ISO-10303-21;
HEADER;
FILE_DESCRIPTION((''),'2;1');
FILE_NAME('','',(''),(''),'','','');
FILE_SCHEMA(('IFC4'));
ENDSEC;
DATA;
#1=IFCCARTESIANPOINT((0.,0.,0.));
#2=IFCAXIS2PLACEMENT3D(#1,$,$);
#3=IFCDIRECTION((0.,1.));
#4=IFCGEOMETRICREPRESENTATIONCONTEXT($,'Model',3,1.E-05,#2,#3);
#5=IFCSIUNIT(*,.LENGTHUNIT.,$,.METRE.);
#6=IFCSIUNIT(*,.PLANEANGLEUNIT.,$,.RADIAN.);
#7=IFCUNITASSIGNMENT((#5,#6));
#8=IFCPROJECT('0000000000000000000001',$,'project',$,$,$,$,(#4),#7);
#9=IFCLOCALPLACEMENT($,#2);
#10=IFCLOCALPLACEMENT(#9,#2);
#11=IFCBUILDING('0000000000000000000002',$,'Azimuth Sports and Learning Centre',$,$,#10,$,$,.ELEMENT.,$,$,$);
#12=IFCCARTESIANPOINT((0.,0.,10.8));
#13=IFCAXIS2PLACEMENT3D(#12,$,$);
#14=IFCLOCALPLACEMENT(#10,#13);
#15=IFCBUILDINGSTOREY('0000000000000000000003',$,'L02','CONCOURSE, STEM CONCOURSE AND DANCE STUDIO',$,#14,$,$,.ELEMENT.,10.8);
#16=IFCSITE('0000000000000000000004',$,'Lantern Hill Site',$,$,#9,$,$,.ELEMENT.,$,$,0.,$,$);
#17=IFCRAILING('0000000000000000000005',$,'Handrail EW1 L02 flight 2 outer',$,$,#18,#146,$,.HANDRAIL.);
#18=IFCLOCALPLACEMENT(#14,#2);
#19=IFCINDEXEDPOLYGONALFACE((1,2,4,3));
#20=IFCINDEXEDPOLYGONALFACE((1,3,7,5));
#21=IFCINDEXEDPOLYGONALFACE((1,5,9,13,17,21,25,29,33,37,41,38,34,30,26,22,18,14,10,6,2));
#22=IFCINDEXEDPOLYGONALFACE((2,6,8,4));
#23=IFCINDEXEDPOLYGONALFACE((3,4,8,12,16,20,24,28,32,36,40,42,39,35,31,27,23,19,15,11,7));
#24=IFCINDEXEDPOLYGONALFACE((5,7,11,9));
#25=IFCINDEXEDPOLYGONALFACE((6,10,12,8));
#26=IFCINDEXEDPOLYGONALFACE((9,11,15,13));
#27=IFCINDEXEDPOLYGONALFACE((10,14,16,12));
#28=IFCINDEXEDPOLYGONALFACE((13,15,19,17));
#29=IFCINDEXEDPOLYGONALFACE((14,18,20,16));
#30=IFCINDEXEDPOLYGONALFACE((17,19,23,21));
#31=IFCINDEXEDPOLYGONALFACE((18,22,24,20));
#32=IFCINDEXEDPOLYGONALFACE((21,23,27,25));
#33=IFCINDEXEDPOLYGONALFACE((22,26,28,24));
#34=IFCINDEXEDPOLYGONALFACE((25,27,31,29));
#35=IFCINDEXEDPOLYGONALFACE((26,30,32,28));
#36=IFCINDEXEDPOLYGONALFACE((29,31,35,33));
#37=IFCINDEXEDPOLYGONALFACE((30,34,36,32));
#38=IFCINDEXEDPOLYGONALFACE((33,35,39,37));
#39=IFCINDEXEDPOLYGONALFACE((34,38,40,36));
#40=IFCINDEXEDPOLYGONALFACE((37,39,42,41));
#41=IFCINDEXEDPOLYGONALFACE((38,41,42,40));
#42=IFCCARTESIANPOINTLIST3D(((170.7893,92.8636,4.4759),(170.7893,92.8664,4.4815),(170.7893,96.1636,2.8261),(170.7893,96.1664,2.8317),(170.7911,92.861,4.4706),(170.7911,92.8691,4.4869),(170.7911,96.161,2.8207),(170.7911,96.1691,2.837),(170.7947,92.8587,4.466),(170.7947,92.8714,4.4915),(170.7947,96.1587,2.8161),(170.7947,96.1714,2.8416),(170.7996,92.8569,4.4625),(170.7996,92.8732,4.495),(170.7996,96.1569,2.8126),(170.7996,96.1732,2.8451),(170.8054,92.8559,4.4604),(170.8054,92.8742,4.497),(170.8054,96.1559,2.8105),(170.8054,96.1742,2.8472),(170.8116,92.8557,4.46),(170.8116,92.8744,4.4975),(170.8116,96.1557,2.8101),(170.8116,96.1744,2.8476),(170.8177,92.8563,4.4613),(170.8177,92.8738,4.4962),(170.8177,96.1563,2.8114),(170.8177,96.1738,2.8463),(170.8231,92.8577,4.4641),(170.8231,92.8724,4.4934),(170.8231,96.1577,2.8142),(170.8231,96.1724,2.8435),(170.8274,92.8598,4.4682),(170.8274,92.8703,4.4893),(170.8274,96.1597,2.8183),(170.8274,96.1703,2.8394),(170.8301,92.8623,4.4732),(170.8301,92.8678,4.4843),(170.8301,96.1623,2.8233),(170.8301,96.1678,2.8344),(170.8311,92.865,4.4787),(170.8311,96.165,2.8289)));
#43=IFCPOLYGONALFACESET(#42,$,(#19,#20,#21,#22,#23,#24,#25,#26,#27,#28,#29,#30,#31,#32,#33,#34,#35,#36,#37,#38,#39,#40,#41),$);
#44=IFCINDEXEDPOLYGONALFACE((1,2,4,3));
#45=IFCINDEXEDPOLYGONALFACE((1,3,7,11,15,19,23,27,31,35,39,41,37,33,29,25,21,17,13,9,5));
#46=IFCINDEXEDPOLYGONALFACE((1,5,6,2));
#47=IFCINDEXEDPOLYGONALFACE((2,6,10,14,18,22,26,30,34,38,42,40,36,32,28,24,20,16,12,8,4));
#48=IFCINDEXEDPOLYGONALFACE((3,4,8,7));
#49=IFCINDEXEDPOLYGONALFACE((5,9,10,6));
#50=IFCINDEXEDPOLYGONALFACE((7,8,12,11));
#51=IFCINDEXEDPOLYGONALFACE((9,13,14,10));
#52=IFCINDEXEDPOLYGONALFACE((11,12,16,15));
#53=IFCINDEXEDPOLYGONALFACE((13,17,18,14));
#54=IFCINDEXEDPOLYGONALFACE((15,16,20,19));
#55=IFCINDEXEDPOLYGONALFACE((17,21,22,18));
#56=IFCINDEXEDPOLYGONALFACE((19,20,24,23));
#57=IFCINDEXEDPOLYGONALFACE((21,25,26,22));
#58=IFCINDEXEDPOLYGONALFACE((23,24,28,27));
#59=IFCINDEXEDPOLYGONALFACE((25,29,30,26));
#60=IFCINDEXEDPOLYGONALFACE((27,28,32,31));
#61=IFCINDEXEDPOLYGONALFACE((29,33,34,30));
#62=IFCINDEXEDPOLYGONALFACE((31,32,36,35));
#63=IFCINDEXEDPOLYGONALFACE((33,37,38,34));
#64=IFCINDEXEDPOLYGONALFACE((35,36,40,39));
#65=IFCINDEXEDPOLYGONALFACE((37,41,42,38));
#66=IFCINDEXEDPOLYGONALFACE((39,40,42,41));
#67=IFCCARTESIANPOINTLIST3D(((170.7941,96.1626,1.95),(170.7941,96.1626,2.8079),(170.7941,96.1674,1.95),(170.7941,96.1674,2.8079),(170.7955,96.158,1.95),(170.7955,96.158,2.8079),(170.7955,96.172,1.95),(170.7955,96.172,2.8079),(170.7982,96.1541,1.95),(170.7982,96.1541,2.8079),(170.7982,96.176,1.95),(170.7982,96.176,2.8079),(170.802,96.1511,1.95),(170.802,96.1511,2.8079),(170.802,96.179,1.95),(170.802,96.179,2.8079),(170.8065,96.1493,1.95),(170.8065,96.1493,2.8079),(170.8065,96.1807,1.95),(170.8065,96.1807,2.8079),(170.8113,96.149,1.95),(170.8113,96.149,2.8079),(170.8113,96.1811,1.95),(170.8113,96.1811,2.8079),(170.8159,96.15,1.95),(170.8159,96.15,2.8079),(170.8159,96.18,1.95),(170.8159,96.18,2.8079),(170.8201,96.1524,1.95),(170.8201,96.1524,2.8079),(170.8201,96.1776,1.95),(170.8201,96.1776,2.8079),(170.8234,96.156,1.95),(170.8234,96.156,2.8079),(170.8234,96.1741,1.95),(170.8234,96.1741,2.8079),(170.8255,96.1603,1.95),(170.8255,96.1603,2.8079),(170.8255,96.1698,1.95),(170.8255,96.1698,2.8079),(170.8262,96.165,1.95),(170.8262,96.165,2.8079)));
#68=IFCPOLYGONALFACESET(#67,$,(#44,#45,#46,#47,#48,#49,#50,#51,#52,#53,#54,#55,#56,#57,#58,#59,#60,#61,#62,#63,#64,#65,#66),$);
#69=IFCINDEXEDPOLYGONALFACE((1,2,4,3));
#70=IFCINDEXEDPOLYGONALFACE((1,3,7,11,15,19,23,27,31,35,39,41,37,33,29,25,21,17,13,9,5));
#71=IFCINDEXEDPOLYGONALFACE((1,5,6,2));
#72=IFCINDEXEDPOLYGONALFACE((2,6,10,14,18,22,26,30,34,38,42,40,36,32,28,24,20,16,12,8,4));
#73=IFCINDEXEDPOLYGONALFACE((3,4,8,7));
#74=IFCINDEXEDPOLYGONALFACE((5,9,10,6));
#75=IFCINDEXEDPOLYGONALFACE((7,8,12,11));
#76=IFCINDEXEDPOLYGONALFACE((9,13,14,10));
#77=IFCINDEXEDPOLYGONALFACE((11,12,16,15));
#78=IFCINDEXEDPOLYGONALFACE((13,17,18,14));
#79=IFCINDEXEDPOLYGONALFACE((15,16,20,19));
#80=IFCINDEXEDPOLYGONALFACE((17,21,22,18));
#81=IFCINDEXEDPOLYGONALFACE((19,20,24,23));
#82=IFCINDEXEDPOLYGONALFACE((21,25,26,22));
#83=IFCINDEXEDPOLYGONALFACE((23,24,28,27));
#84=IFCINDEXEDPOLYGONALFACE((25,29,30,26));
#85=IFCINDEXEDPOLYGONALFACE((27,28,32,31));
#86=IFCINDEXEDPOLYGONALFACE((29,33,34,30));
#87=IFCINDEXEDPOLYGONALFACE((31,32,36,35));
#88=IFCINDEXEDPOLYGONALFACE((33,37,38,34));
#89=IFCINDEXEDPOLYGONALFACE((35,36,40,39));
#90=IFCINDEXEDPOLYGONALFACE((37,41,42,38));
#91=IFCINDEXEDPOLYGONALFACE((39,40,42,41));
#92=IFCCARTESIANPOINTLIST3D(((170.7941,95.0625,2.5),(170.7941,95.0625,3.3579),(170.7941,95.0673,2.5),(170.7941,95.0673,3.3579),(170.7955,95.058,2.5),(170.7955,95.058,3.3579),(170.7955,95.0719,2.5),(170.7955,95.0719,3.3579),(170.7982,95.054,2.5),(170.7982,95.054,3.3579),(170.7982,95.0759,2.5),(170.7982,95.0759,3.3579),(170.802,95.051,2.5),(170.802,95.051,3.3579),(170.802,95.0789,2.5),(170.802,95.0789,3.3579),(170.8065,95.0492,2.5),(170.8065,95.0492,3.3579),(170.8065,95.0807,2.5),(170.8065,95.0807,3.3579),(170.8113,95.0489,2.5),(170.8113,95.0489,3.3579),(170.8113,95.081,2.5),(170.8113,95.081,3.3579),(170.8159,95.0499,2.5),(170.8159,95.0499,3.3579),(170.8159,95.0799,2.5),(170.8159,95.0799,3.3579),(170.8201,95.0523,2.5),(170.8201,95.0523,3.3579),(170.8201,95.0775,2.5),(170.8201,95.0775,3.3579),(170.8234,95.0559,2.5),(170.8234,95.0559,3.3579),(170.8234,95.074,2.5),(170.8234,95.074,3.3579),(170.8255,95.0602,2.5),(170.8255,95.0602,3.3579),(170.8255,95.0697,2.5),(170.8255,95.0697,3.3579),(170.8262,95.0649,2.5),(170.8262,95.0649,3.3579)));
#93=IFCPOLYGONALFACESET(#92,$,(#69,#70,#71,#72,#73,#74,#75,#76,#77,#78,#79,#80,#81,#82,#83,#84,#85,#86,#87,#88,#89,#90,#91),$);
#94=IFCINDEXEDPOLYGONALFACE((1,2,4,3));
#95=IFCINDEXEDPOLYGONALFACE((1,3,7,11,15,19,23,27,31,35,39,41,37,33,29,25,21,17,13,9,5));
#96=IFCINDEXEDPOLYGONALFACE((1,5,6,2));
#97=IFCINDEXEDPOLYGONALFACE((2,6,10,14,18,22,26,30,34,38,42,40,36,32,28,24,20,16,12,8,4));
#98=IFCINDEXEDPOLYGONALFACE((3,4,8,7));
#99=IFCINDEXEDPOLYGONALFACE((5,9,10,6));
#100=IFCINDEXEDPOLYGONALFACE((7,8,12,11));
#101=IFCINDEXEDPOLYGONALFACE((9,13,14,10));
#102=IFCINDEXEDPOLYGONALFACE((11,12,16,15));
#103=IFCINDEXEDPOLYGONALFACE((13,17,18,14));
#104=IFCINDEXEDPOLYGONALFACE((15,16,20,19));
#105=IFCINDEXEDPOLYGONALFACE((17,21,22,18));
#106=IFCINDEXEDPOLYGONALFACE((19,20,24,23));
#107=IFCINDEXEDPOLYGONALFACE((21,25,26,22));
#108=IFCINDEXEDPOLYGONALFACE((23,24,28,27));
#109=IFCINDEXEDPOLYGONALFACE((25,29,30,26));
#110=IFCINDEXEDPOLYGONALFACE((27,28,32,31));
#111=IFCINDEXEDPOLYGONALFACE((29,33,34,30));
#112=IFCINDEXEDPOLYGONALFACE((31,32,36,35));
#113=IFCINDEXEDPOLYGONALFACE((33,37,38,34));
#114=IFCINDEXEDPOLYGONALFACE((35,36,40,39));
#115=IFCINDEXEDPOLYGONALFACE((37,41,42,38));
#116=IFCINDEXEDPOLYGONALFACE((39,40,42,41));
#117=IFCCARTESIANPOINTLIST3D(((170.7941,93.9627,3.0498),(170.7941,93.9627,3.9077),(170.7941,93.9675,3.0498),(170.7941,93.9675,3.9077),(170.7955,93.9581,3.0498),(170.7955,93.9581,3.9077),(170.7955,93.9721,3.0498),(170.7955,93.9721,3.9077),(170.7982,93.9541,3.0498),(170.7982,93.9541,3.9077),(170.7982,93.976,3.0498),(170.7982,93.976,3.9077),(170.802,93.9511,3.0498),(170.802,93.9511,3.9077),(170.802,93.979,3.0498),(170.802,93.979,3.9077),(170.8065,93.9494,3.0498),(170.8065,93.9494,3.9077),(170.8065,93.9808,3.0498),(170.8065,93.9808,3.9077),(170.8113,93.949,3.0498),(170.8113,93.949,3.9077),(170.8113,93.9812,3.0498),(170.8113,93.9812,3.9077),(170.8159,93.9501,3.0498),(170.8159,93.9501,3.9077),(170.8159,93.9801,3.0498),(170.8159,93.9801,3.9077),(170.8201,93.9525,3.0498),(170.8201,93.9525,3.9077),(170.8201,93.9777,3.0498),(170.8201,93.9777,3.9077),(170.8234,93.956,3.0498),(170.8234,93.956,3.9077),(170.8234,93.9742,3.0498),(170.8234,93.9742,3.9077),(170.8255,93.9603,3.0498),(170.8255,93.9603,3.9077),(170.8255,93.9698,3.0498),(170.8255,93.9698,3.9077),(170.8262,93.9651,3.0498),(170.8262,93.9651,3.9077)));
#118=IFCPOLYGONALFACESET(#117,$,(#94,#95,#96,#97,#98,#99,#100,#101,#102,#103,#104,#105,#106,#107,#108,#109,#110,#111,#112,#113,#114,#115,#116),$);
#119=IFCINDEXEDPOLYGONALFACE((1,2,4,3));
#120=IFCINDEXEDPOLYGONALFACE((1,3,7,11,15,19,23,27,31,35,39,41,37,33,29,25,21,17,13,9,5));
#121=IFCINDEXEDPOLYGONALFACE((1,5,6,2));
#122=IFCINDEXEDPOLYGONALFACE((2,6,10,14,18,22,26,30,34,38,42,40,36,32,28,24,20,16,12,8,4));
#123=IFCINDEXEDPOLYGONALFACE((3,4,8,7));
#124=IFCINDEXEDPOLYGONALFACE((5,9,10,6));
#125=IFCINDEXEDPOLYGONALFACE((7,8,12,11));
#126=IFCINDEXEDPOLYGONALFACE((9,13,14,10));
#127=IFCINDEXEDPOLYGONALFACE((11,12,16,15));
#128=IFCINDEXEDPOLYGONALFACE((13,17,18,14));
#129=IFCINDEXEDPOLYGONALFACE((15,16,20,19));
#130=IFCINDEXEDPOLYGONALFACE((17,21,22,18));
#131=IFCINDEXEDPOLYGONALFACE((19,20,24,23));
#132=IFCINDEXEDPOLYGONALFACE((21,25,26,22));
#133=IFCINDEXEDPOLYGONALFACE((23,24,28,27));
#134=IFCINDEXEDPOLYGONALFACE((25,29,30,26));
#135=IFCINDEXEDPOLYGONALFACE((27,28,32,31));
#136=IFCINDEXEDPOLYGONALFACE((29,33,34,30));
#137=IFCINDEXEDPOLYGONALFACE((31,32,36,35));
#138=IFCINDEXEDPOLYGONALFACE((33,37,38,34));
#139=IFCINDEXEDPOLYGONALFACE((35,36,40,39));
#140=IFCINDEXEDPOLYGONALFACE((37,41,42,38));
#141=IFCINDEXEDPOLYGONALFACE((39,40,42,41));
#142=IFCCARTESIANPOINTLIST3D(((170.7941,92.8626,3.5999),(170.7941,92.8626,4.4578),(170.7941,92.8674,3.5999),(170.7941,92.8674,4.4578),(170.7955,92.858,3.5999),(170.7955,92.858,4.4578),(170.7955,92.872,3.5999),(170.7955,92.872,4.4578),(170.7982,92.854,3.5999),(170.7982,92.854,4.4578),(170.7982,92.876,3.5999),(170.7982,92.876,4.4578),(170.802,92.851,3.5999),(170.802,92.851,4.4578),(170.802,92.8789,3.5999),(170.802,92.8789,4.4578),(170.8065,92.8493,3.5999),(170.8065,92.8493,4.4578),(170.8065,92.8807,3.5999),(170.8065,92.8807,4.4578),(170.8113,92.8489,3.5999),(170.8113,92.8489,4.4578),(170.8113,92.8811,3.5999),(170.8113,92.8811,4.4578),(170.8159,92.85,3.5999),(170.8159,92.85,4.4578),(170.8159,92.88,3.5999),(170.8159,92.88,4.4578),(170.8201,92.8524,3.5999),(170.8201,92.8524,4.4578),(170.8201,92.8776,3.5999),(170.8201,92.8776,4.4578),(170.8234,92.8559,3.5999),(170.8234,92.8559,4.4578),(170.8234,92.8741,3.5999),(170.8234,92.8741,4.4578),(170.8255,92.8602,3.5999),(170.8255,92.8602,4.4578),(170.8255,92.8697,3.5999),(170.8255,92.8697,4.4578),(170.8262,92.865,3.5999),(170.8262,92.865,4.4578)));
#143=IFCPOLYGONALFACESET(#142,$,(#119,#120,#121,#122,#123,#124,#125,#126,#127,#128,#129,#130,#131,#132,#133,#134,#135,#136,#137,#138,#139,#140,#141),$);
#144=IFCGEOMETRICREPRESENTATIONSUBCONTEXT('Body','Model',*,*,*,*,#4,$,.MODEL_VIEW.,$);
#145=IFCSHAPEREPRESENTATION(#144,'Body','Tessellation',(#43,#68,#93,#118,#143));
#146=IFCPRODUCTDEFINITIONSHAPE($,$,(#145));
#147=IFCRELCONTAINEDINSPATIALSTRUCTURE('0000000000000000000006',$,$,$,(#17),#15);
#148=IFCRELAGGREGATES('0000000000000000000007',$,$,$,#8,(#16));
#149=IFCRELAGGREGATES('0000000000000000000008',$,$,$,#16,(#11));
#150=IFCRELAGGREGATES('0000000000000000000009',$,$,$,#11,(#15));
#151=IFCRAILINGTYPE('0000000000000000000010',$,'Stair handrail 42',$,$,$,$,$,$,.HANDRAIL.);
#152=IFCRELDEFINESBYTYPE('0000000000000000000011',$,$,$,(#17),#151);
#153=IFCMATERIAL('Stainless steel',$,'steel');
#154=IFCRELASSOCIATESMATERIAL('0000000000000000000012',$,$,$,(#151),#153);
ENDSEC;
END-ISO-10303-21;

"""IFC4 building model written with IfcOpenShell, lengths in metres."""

from ifc_helpers import new_model, si_unit, direction, frame, origin, origin_2d, place, context, subcontext, project, spatial, circle, extrude, material, type_object, element, save


model = new_model("IFC4")

# Units and contexts
model_context = context("Model", 3, precision=1e-05, world=origin(), true_north=direction((0.0, 1.0)))
body_context = subcontext(model_context, "Body", "Model", "MODEL_VIEW")
ifc_project = project(units=[si_unit("LENGTHUNIT", "METRE"), si_unit("PLANEANGLEUNIT", "RADIAN")], contexts=[model_context])

# Site, building, storey
site_placement = place(None, origin())
site = spatial("IfcSite", under=ifc_project, at=site_placement, Name="Lantern Hill Site", CompositionType="ELEMENT", RefElevation=0.0)
building_placement = place(site_placement, origin())
building = spatial("IfcBuilding", under=site, at=building_placement, Name="Azimuth Sports and Learning Centre", CompositionType="ELEMENT")
storey_placement = place(building_placement, frame((0.0, 0.0, 10.8)))
storey = spatial("IfcBuildingStorey", under=building, at=storey_placement, Name="L02", Description="CONCOURSE, STEM CONCOURSE AND DANCE STUDIO", CompositionType="ELEMENT", Elevation=10.8)

# Railing
ifc_material_1 = material(Name="Stainless steel", Category="steel")
railing_type_1 = type_object("IfcRailingType", Name="Stair handrail 42", PredefinedType="HANDRAIL", material=ifc_material_1)
for number, where, name in (
    (1, (170.8101, 96.165, 1.95), "Handrail EW1 L02 flight 2 outer"),
):
    element("IfcRailing", number, at=place(storey_placement, frame(where)), inside=storey, type_object=railing_type_1, Name=name, PredefinedType="HANDRAIL", context=body_context, shape_type="SweptSolid", body=[
        extrude(circle(Radius=0.021, at=origin_2d()), frame((0.0, 0.0, 0.8789), z_axis=(0.0, -0.89444, 0.447187), x_axis=(1.0, 0.0, 0.0)), (0.0, 0.0, 1.0), 3.6895),
        extrude(circle(Radius=0.0161, at=origin_2d()), origin(), (0.0, 0.0, 1.0), 0.8579),
        extrude(circle(Radius=0.0161, at=origin_2d()), frame((0.0, -1.1001, 0.55)), (0.0, 0.0, 1.0), 0.8579),
        extrude(circle(Radius=0.0161, at=origin_2d()), frame((0.0, -2.2, 1.0999)), (0.0, 0.0, 1.0), 0.8579),
        extrude(circle(Radius=0.0161, at=origin_2d()), frame((0.0, -3.3, 1.6499)), (0.0, 0.0, 1.0), 0.8579),
    ])

save(model, "model.ifc")
